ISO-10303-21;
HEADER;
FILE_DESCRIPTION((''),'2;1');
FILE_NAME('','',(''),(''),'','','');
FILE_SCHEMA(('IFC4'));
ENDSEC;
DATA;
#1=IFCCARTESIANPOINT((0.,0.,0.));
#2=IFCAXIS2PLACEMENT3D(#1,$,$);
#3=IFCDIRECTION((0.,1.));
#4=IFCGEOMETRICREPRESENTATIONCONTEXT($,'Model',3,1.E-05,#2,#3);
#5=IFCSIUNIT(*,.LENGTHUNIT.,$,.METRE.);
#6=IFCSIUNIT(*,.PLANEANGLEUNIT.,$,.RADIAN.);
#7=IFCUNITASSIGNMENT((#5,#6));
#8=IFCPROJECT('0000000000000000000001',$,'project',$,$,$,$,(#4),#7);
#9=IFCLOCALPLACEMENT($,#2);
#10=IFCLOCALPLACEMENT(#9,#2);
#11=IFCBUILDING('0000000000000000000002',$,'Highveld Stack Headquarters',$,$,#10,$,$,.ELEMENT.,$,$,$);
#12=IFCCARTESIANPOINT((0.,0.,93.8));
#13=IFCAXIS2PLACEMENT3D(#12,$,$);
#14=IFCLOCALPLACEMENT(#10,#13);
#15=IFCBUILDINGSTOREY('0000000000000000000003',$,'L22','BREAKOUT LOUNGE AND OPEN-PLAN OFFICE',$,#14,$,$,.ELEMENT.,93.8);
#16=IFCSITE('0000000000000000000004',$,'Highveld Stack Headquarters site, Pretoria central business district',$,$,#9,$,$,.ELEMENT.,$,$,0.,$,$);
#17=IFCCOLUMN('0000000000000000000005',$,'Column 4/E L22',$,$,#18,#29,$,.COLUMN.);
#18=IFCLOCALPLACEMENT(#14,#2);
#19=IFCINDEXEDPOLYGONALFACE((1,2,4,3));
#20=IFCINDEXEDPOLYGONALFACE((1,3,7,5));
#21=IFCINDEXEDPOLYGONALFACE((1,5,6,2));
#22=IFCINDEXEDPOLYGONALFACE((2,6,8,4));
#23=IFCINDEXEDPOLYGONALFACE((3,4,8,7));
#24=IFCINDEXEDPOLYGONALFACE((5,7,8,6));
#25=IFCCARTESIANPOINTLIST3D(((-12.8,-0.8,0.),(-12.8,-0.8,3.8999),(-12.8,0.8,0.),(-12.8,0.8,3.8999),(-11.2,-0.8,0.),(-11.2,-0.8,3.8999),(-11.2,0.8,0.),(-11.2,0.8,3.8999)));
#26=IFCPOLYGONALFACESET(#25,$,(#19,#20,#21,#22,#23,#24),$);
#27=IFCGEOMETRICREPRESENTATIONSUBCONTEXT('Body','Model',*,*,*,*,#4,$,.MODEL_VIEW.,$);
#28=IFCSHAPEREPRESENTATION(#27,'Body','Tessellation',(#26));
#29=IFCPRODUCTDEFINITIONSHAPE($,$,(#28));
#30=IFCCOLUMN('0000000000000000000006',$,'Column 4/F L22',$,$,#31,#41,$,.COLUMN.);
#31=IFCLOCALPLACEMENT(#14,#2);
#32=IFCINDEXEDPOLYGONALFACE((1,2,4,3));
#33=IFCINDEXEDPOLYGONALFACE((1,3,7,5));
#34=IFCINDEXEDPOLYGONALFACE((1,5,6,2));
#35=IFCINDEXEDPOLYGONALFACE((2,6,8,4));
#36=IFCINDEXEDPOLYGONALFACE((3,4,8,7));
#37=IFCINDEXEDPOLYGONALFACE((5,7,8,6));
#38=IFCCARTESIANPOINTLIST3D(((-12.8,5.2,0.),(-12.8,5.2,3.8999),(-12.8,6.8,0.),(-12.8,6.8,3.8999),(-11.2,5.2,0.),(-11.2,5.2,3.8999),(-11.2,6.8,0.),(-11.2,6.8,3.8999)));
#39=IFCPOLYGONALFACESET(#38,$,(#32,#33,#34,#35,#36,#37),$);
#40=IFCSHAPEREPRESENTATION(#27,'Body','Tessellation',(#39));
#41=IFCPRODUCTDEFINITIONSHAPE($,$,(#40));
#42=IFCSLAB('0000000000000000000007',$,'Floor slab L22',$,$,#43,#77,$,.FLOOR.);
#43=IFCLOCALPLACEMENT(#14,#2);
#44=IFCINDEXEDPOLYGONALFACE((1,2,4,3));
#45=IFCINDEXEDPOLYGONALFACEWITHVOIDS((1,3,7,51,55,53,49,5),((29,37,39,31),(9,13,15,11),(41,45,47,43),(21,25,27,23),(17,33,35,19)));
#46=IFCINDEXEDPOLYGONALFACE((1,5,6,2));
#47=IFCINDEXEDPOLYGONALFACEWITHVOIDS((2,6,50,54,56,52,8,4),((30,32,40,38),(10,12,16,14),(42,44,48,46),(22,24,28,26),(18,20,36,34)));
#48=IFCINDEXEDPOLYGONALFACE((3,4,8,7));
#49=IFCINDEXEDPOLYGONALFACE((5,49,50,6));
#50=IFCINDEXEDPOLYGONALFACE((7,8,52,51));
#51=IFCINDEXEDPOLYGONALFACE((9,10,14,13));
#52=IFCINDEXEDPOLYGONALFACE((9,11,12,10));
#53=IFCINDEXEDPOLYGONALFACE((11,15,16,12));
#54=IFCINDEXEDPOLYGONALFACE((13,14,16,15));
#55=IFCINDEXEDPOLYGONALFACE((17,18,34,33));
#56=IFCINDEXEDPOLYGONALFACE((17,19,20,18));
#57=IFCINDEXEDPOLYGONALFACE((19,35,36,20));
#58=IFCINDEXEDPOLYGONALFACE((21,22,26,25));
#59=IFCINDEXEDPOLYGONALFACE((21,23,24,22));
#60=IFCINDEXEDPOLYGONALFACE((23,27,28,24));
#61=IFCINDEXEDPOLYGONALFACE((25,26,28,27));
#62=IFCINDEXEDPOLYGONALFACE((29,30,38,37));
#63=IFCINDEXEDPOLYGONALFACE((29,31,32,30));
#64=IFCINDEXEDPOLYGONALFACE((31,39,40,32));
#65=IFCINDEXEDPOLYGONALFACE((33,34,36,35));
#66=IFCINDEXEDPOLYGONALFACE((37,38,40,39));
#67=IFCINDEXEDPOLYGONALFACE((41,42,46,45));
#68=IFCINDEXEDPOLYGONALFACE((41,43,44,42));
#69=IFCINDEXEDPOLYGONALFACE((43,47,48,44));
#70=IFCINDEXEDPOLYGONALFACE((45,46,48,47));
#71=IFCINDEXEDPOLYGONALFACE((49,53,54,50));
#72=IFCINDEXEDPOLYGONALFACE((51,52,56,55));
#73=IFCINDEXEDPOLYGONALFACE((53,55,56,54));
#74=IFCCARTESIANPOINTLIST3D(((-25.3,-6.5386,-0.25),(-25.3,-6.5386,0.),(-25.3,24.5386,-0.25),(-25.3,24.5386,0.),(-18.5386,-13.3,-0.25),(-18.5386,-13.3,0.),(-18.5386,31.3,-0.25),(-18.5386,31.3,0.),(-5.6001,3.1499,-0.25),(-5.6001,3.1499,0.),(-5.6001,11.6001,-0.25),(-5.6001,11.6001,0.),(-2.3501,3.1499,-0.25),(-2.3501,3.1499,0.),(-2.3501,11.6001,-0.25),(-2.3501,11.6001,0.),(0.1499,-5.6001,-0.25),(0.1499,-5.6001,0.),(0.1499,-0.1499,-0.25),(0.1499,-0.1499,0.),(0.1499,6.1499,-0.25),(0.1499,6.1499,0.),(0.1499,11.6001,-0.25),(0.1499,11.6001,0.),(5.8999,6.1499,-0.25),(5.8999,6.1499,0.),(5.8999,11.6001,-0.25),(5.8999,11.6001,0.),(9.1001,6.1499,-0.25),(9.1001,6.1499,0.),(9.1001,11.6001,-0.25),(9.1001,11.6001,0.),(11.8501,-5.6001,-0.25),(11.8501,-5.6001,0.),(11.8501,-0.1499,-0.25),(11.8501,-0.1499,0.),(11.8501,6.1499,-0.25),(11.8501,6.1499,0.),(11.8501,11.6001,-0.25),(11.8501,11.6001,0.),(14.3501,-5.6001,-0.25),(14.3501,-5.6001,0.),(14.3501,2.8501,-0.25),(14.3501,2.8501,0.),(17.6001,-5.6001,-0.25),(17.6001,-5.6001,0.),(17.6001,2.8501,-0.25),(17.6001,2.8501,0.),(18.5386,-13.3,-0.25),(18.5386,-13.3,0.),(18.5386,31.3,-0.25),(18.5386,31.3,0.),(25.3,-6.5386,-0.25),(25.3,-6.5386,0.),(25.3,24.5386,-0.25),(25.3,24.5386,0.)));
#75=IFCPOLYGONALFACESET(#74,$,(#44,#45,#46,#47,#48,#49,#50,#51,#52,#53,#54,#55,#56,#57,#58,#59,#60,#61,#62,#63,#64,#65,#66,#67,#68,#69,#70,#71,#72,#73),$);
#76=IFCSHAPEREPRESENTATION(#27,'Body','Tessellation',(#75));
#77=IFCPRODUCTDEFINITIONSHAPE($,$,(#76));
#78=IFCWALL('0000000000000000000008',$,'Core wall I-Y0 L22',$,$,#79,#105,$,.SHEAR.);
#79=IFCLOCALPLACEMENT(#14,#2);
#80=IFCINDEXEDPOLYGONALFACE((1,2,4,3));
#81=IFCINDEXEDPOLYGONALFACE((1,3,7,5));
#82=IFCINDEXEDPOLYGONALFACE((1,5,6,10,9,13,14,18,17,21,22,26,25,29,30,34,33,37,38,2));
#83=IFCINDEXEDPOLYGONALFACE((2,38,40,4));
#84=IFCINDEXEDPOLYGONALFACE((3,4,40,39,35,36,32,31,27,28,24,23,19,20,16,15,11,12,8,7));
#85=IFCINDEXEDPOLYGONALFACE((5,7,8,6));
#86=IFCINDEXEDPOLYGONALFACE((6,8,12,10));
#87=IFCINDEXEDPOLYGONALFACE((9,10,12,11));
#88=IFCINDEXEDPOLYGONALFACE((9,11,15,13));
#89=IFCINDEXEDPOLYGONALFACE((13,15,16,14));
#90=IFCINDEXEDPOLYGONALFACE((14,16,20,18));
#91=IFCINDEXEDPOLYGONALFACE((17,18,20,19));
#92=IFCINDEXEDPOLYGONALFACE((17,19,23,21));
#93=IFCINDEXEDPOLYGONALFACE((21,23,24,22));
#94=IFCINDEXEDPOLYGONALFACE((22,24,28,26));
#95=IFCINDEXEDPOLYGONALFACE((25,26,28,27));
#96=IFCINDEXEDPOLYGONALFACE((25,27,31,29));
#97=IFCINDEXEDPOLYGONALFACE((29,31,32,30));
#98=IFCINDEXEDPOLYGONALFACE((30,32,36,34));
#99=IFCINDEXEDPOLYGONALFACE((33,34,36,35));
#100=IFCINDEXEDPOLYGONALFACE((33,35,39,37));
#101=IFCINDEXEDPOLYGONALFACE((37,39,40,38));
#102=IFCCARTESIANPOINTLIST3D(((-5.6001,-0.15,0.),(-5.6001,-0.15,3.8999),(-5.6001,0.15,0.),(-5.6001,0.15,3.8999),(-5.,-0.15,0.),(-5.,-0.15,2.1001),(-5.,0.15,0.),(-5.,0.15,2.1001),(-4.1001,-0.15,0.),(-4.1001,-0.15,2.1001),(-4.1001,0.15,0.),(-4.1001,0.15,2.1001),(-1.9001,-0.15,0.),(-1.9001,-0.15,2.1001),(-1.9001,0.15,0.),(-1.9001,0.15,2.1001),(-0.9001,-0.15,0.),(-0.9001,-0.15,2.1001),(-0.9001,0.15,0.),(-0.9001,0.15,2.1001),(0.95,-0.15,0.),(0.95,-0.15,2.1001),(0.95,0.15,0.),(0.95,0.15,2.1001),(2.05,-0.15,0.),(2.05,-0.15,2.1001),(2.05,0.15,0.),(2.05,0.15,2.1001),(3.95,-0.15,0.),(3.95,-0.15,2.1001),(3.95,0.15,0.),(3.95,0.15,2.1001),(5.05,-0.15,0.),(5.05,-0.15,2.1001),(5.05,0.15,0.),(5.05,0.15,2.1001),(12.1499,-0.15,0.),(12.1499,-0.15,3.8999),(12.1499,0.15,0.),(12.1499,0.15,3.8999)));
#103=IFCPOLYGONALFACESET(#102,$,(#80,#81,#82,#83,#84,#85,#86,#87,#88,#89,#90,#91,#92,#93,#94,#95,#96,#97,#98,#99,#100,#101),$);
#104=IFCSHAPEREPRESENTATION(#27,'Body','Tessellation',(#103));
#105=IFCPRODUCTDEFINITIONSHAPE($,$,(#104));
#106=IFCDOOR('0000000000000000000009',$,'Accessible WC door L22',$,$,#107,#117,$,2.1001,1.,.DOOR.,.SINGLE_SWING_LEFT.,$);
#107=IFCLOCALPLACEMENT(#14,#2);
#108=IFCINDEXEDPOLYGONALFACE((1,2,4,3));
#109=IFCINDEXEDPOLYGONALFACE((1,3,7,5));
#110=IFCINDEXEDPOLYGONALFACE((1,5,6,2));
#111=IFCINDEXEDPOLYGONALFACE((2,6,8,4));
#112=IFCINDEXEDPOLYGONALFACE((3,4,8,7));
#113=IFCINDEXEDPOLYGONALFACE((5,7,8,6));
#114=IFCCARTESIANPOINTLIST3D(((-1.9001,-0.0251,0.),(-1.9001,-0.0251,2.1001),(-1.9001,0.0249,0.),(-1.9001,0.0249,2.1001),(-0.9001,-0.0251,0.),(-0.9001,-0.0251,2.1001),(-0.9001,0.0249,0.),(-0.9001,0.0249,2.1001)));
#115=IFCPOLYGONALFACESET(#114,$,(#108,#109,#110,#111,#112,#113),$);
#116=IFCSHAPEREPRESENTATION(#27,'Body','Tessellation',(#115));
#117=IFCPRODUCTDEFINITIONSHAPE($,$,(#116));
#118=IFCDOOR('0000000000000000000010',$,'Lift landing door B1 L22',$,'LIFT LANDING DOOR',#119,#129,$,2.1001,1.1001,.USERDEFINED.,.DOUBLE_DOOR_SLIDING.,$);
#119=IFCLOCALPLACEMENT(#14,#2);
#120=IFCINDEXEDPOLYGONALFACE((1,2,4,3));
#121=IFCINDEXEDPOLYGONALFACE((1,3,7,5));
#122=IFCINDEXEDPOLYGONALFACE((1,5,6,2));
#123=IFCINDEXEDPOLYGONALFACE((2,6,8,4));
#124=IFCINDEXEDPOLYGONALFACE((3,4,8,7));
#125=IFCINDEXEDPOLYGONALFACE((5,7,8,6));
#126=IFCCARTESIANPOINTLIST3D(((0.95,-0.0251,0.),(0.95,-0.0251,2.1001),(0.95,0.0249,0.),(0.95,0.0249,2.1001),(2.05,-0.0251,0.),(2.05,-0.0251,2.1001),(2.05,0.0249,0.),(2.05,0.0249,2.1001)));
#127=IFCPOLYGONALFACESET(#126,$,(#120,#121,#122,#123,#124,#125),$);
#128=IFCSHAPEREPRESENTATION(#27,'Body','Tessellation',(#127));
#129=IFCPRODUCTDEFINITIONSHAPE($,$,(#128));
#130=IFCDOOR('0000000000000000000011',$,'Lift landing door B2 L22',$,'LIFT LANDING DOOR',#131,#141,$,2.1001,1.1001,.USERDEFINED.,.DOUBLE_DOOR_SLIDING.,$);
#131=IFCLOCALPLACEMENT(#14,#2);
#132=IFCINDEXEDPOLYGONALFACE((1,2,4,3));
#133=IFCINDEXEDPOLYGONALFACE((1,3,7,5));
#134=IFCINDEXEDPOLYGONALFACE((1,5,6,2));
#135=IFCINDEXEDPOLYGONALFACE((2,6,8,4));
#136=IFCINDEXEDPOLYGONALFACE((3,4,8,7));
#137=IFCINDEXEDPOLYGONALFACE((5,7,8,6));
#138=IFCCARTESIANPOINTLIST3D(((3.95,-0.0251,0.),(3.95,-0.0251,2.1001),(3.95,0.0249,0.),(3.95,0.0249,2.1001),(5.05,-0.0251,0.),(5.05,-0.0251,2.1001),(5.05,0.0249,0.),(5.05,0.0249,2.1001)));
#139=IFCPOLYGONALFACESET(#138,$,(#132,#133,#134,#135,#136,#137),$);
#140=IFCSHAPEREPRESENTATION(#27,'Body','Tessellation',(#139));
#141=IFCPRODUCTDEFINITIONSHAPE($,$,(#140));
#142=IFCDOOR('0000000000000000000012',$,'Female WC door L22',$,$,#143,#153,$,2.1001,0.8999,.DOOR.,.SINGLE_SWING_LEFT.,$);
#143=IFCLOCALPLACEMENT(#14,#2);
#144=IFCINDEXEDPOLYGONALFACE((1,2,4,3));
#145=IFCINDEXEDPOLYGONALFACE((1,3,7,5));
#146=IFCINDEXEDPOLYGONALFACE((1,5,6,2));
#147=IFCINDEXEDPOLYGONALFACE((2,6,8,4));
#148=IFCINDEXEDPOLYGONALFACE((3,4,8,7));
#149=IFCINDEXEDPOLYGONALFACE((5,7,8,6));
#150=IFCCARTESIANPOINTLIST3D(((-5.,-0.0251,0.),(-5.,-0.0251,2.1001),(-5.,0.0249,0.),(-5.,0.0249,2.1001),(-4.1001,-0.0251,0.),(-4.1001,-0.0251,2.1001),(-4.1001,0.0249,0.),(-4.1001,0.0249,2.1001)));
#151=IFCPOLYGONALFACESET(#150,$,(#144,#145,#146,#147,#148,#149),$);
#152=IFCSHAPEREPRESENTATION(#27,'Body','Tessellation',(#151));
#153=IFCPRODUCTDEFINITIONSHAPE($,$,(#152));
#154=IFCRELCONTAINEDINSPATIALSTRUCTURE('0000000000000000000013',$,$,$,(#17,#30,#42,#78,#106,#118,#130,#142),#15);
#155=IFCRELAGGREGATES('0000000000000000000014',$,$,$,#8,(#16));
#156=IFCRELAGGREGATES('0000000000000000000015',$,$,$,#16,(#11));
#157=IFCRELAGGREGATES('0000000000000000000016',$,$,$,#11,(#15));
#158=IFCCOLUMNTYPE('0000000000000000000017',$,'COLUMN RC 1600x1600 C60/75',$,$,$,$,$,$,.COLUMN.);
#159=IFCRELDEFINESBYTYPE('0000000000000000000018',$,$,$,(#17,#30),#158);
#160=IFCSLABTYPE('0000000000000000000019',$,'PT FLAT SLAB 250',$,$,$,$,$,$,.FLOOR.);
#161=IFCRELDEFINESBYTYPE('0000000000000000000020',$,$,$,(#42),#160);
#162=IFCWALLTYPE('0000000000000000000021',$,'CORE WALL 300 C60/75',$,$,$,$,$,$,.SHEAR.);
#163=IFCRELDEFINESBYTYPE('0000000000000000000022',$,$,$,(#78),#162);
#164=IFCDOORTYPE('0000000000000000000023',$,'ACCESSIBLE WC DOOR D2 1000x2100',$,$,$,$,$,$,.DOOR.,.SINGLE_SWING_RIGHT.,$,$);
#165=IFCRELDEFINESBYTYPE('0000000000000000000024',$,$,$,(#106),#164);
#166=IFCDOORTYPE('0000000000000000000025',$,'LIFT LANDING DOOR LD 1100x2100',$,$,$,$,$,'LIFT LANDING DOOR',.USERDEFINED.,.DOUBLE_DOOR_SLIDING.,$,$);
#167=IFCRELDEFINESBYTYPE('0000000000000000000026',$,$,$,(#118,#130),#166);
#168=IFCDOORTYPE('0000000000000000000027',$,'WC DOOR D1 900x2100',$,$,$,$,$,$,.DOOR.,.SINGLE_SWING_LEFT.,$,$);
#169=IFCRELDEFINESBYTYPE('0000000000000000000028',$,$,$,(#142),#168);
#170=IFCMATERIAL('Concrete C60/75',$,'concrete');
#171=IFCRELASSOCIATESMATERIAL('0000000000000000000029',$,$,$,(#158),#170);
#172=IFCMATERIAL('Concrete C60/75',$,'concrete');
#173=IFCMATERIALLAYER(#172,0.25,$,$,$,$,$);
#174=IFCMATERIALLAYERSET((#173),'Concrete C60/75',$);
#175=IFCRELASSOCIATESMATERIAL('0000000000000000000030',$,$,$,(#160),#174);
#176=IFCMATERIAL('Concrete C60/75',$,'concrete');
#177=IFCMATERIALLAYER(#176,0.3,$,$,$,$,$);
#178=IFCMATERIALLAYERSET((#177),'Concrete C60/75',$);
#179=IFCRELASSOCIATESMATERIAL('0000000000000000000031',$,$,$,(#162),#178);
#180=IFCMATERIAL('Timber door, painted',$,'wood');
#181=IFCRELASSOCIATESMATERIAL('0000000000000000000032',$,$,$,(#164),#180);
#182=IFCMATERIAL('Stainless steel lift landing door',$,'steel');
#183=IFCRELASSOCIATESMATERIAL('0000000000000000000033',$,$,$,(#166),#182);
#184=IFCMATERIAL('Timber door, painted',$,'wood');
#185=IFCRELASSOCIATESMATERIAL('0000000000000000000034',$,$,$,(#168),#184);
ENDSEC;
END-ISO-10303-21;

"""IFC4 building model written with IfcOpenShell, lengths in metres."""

from ifc_helpers import new_model, si_unit, direction, frame, frame_2d, origin, origin_2d, place, context, subcontext, project, spatial, polyline, rectangle, outline, extrude, material, layer, layer_set, material_profile, profile_set, type_object, element, fill, save


model = new_model("IFC4")

# Units and contexts
model_context = context("Model", 3, precision=1e-05, world=origin(), true_north=direction((0.0, 1.0)))
body_context = subcontext(model_context, "Body", "Model", "MODEL_VIEW")
ifc_project = project(units=[si_unit("LENGTHUNIT", "METRE"), si_unit("PLANEANGLEUNIT", "RADIAN")], contexts=[model_context])

# Site, building, storey
site_placement = place(None, origin())
site = spatial("IfcSite", under=ifc_project, at=site_placement, Name="Highveld Stack Headquarters site, Pretoria central business district", CompositionType="ELEMENT", RefElevation=0.0)
building_placement = place(site_placement, origin())
building = spatial("IfcBuilding", under=site, at=building_placement, Name="Highveld Stack Headquarters", CompositionType="ELEMENT")
storey_placement = place(building_placement, frame((0.0, 0.0, 93.8)))
storey = spatial("IfcBuildingStorey", under=building, at=storey_placement, Name="L22", Description="BREAKOUT LOUNGE AND OPEN-PLAN OFFICE", CompositionType="ELEMENT", Elevation=93.8)

# Columns
ifc_material_1 = material(Name="Concrete C60/75", Category="concrete")
ifc_material_profile = material_profile(ifc_material_1, rectangle(XDim=1.6001, YDim=1.6001, at=origin_2d()), Name="RC 1600x1600")
ifc_profile_set = profile_set([ifc_material_profile], Name="Concrete C60/75")
column_type = type_object("IfcColumnType", Name="COLUMN RC 1600x1600 C60/75", PredefinedType="COLUMN", material=ifc_profile_set)
for number, where, z_axis, x_axis, name in (
    (1, (-12.0, 0.0, 0.0), (0.0, 0.0, 1.0), (1.0, 0.0, 0.0), "Column 4/E L22"),
    (2, (-12.0, 6.0, 0.0), (0.0, 0.0, 1.0), (1.0, 0.0, 0.0), "Column 4/F L22"),
):
    element("IfcColumn", number, at=place(storey_placement, frame(where, z_axis=z_axis, x_axis=x_axis)), inside=storey, type_object=column_type, Name=name, PredefinedType="COLUMN", context=body_context, shape_type="SweptSolid", body=[
        extrude(rectangle(XDim=1.6001, YDim=1.6001, at=origin_2d()), origin(), (0.0, 0.0, 1.0), 3.8999),
    ])

# Slab
ifc_material_2 = material(Name="Concrete C60/75", Category="concrete")
ifc_layer_1 = layer(ifc_material_2, 0.25)
ifc_layer_set_1 = layer_set([ifc_layer_1], Name="Concrete C60/75")
slab_type = type_object("IfcSlabType", Name="PT FLAT SLAB 250", PredefinedType="FLOOR", material=ifc_layer_set_1)
slab_placement = place(storey_placement, frame((0.0, 0.0, -0.25)))
element("IfcSlab", 3, at=slab_placement, inside=storey, type_object=slab_type, Name="Floor slab L22", PredefinedType="FLOOR", context=body_context, shape_type="SweptSolid", body=[
    extrude(outline(polyline([(-18.5386, -13.3), (18.5386, -13.3), (25.3, -6.5386), (25.3, 24.5386), (18.5386, 31.3), (-18.5386, 31.3), (-25.3, 24.5386), (-25.3, -6.5386), (-18.5386, -13.3)]), holes=[polyline([(0.1499, 6.1499), (5.8999, 6.1499), (5.8999, 11.6001), (0.1499, 11.6001), (0.1499, 6.1499)]), polyline([(9.1001, 6.1499), (11.8501, 6.1499), (11.8501, 11.6001), (9.1001, 11.6001), (9.1001, 6.1499)]), polyline([(0.1499, -5.6001), (11.8501, -5.6001), (11.8501, -0.1499), (0.1499, -0.1499), (0.1499, -5.6001)]), polyline([(-5.6001, 3.1499), (-2.3501, 3.1499), (-2.3501, 11.6001), (-5.6001, 11.6001), (-5.6001, 3.1499)]), polyline([(14.3501, -5.6001), (17.6001, -5.6001), (17.6001, 2.8501), (14.3501, 2.8501), (14.3501, -5.6001)])]), origin(), (0.0, 0.0, 1.0), 0.25),
])

# Wall, openings, doors
ifc_material_3 = material(Name="Concrete C60/75", Category="concrete")
ifc_layer_2 = layer(ifc_material_3, 0.3)
ifc_layer_set_2 = layer_set([ifc_layer_2], Name="Concrete C60/75")
wall_type_1 = type_object("IfcWallType", Name="CORE WALL 300 C60/75", PredefinedType="SHEAR", material=ifc_layer_set_2)
wall_1_placement = place(storey_placement, frame((-5.6001, 0.0, 0.0), z_axis=(0.0, 0.0, 1.0), x_axis=(1.0, 0.0, 0.0)))
wall_1 = element("IfcWall", 4, at=wall_1_placement, inside=storey, type_object=wall_type_1, Name="Core wall I-Y0 L22", PredefinedType="SHEAR", context=body_context, shape_type="SweptSolid", body=[
    extrude(rectangle(XDim=17.75, YDim=0.3, at=frame_2d((8.875, 0.0))), origin(), (0.0, 0.0, 1.0), 3.8999),
])
opening_1_placement = place(wall_1_placement, frame((0.6001, 0.0, 0.0)))
opening_1 = element("IfcOpeningElement", 5, at=opening_1_placement, cuts=wall_1, PredefinedType="OPENING", context=body_context, shape_type="SweptSolid", body=[
    extrude(rectangle(XDim=0.8999, YDim=2.1001, at=frame_2d((0.45, 1.05))), frame((0.0, 0.1599, 0.0), z_axis=(0.0, -1.0, 0.0), x_axis=(1.0, 0.0, 0.0)), (0.0, 0.0, 1.0), 0.3201),
])
opening_2_placement = place(wall_1_placement, frame((3.7, 0.0, 0.0)))
opening_2 = element("IfcOpeningElement", 6, at=opening_2_placement, cuts=wall_1, PredefinedType="OPENING", context=body_context, shape_type="SweptSolid", body=[
    extrude(rectangle(XDim=1.0, YDim=2.1001, at=frame_2d((0.5, 1.05))), frame((0.0, 0.1599, 0.0), z_axis=(0.0, -1.0, 0.0), x_axis=(1.0, 0.0, 0.0)), (0.0, 0.0, 1.0), 0.3201),
])
opening_3_placement = place(wall_1_placement, frame((6.55, 0.0, 0.0)))
opening_3 = element("IfcOpeningElement", 7, at=opening_3_placement, cuts=wall_1, PredefinedType="OPENING", context=body_context, shape_type="SweptSolid", body=[
    extrude(rectangle(XDim=1.1001, YDim=2.1001, at=frame_2d((0.55, 1.05))), frame((0.0, 0.1599, 0.0), z_axis=(0.0, -1.0, 0.0), x_axis=(1.0, 0.0, 0.0)), (0.0, 0.0, 1.0), 0.3201),
])
opening_4_placement = place(wall_1_placement, frame((9.55, 0.0, 0.0)))
opening_4 = element("IfcOpeningElement", 8, at=opening_4_placement, cuts=wall_1, PredefinedType="OPENING", context=body_context, shape_type="SweptSolid", body=[
    extrude(rectangle(XDim=1.1001, YDim=2.1001, at=frame_2d((0.55, 1.05))), frame((0.0, 0.1599, 0.0), z_axis=(0.0, -1.0, 0.0), x_axis=(1.0, 0.0, 0.0)), (0.0, 0.0, 1.0), 0.3201),
])
ifc_material_4 = material(Name="Timber door, painted", Category="wood")
door_type_1 = type_object("IfcDoorType", Name="ACCESSIBLE WC DOOR D2 1000x2100", OperationType="SINGLE_SWING_RIGHT", PredefinedType="DOOR", material=ifc_material_4)
door_1_placement = place(opening_2_placement, origin())
door_1 = element("IfcDoor", 9, at=door_1_placement, inside=storey, type_object=door_type_1, Name="Accessible WC door L22", OperationType="SINGLE_SWING_LEFT", OverallHeight=2.1001, OverallWidth=1.0, PredefinedType="DOOR", context=body_context, shape_type="SweptSolid", body=[
    extrude(rectangle(XDim=1.0, YDim=2.1001, at=frame_2d((0.5, 1.05))), frame((0.0, 0.0249, 0.0), z_axis=(0.0, -1.0, 0.0), x_axis=(1.0, 0.0, 0.0)), (0.0, 0.0, 1.0), 0.05),
])
fill(opening_2, door_1)
ifc_material_5 = material(Name="Stainless steel lift landing door", Category="steel")
door_type_2 = type_object("IfcDoorType", Name="LIFT LANDING DOOR LD 1100x2100", ElementType="LIFT LANDING DOOR", OperationType="DOUBLE_DOOR_SLIDING", PredefinedType="USERDEFINED", material=ifc_material_5)
door_2_placement = place(opening_3_placement, origin())
door_2 = element("IfcDoor", 10, at=door_2_placement, inside=storey, type_object=door_type_2, Name="Lift landing door B1 L22", ObjectType="LIFT LANDING DOOR", OperationType="DOUBLE_DOOR_SLIDING", OverallHeight=2.1001, OverallWidth=1.1001, PredefinedType="USERDEFINED", context=body_context, shape_type="SweptSolid", body=[
    extrude(rectangle(XDim=1.1001, YDim=2.1001, at=frame_2d((0.55, 1.05))), frame((0.0, 0.0249, 0.0), z_axis=(0.0, -1.0, 0.0), x_axis=(1.0, 0.0, 0.0)), (0.0, 0.0, 1.0), 0.05),
])
fill(opening_3, door_2)
door_3_placement = place(opening_4_placement, origin())
door_3 = element("IfcDoor", 11, at=door_3_placement, inside=storey, type_object=door_type_2, Name="Lift landing door B2 L22", ObjectType="LIFT LANDING DOOR", OperationType="DOUBLE_DOOR_SLIDING", OverallHeight=2.1001, OverallWidth=1.1001, PredefinedType="USERDEFINED", context=body_context, shape_type="SweptSolid", body=[
    extrude(rectangle(XDim=1.1001, YDim=2.1001, at=frame_2d((0.55, 1.05))), frame((0.0, 0.0249, 0.0), z_axis=(0.0, -1.0, 0.0), x_axis=(1.0, 0.0, 0.0)), (0.0, 0.0, 1.0), 0.05),
])
fill(opening_4, door_3)
ifc_material_6 = material(Name="Timber door, painted", Category="wood")
door_type_3 = type_object("IfcDoorType", Name="WC DOOR D1 900x2100", OperationType="SINGLE_SWING_LEFT", PredefinedType="DOOR", material=ifc_material_6)
door_4_placement = place(opening_1_placement, origin())
door_4 = element("IfcDoor", 12, at=door_4_placement, inside=storey, type_object=door_type_3, Name="Female WC door L22", OperationType="SINGLE_SWING_LEFT", OverallHeight=2.1001, OverallWidth=0.8999, PredefinedType="DOOR", context=body_context, shape_type="SweptSolid", body=[
    extrude(rectangle(XDim=0.8999, YDim=2.1001, at=frame_2d((0.45, 1.05))), frame((0.0, 0.0249, 0.0), z_axis=(0.0, -1.0, 0.0), x_axis=(1.0, 0.0, 0.0)), (0.0, 0.0, 1.0), 0.05),
])
fill(opening_1, door_4)

save(model, "model.ifc")
